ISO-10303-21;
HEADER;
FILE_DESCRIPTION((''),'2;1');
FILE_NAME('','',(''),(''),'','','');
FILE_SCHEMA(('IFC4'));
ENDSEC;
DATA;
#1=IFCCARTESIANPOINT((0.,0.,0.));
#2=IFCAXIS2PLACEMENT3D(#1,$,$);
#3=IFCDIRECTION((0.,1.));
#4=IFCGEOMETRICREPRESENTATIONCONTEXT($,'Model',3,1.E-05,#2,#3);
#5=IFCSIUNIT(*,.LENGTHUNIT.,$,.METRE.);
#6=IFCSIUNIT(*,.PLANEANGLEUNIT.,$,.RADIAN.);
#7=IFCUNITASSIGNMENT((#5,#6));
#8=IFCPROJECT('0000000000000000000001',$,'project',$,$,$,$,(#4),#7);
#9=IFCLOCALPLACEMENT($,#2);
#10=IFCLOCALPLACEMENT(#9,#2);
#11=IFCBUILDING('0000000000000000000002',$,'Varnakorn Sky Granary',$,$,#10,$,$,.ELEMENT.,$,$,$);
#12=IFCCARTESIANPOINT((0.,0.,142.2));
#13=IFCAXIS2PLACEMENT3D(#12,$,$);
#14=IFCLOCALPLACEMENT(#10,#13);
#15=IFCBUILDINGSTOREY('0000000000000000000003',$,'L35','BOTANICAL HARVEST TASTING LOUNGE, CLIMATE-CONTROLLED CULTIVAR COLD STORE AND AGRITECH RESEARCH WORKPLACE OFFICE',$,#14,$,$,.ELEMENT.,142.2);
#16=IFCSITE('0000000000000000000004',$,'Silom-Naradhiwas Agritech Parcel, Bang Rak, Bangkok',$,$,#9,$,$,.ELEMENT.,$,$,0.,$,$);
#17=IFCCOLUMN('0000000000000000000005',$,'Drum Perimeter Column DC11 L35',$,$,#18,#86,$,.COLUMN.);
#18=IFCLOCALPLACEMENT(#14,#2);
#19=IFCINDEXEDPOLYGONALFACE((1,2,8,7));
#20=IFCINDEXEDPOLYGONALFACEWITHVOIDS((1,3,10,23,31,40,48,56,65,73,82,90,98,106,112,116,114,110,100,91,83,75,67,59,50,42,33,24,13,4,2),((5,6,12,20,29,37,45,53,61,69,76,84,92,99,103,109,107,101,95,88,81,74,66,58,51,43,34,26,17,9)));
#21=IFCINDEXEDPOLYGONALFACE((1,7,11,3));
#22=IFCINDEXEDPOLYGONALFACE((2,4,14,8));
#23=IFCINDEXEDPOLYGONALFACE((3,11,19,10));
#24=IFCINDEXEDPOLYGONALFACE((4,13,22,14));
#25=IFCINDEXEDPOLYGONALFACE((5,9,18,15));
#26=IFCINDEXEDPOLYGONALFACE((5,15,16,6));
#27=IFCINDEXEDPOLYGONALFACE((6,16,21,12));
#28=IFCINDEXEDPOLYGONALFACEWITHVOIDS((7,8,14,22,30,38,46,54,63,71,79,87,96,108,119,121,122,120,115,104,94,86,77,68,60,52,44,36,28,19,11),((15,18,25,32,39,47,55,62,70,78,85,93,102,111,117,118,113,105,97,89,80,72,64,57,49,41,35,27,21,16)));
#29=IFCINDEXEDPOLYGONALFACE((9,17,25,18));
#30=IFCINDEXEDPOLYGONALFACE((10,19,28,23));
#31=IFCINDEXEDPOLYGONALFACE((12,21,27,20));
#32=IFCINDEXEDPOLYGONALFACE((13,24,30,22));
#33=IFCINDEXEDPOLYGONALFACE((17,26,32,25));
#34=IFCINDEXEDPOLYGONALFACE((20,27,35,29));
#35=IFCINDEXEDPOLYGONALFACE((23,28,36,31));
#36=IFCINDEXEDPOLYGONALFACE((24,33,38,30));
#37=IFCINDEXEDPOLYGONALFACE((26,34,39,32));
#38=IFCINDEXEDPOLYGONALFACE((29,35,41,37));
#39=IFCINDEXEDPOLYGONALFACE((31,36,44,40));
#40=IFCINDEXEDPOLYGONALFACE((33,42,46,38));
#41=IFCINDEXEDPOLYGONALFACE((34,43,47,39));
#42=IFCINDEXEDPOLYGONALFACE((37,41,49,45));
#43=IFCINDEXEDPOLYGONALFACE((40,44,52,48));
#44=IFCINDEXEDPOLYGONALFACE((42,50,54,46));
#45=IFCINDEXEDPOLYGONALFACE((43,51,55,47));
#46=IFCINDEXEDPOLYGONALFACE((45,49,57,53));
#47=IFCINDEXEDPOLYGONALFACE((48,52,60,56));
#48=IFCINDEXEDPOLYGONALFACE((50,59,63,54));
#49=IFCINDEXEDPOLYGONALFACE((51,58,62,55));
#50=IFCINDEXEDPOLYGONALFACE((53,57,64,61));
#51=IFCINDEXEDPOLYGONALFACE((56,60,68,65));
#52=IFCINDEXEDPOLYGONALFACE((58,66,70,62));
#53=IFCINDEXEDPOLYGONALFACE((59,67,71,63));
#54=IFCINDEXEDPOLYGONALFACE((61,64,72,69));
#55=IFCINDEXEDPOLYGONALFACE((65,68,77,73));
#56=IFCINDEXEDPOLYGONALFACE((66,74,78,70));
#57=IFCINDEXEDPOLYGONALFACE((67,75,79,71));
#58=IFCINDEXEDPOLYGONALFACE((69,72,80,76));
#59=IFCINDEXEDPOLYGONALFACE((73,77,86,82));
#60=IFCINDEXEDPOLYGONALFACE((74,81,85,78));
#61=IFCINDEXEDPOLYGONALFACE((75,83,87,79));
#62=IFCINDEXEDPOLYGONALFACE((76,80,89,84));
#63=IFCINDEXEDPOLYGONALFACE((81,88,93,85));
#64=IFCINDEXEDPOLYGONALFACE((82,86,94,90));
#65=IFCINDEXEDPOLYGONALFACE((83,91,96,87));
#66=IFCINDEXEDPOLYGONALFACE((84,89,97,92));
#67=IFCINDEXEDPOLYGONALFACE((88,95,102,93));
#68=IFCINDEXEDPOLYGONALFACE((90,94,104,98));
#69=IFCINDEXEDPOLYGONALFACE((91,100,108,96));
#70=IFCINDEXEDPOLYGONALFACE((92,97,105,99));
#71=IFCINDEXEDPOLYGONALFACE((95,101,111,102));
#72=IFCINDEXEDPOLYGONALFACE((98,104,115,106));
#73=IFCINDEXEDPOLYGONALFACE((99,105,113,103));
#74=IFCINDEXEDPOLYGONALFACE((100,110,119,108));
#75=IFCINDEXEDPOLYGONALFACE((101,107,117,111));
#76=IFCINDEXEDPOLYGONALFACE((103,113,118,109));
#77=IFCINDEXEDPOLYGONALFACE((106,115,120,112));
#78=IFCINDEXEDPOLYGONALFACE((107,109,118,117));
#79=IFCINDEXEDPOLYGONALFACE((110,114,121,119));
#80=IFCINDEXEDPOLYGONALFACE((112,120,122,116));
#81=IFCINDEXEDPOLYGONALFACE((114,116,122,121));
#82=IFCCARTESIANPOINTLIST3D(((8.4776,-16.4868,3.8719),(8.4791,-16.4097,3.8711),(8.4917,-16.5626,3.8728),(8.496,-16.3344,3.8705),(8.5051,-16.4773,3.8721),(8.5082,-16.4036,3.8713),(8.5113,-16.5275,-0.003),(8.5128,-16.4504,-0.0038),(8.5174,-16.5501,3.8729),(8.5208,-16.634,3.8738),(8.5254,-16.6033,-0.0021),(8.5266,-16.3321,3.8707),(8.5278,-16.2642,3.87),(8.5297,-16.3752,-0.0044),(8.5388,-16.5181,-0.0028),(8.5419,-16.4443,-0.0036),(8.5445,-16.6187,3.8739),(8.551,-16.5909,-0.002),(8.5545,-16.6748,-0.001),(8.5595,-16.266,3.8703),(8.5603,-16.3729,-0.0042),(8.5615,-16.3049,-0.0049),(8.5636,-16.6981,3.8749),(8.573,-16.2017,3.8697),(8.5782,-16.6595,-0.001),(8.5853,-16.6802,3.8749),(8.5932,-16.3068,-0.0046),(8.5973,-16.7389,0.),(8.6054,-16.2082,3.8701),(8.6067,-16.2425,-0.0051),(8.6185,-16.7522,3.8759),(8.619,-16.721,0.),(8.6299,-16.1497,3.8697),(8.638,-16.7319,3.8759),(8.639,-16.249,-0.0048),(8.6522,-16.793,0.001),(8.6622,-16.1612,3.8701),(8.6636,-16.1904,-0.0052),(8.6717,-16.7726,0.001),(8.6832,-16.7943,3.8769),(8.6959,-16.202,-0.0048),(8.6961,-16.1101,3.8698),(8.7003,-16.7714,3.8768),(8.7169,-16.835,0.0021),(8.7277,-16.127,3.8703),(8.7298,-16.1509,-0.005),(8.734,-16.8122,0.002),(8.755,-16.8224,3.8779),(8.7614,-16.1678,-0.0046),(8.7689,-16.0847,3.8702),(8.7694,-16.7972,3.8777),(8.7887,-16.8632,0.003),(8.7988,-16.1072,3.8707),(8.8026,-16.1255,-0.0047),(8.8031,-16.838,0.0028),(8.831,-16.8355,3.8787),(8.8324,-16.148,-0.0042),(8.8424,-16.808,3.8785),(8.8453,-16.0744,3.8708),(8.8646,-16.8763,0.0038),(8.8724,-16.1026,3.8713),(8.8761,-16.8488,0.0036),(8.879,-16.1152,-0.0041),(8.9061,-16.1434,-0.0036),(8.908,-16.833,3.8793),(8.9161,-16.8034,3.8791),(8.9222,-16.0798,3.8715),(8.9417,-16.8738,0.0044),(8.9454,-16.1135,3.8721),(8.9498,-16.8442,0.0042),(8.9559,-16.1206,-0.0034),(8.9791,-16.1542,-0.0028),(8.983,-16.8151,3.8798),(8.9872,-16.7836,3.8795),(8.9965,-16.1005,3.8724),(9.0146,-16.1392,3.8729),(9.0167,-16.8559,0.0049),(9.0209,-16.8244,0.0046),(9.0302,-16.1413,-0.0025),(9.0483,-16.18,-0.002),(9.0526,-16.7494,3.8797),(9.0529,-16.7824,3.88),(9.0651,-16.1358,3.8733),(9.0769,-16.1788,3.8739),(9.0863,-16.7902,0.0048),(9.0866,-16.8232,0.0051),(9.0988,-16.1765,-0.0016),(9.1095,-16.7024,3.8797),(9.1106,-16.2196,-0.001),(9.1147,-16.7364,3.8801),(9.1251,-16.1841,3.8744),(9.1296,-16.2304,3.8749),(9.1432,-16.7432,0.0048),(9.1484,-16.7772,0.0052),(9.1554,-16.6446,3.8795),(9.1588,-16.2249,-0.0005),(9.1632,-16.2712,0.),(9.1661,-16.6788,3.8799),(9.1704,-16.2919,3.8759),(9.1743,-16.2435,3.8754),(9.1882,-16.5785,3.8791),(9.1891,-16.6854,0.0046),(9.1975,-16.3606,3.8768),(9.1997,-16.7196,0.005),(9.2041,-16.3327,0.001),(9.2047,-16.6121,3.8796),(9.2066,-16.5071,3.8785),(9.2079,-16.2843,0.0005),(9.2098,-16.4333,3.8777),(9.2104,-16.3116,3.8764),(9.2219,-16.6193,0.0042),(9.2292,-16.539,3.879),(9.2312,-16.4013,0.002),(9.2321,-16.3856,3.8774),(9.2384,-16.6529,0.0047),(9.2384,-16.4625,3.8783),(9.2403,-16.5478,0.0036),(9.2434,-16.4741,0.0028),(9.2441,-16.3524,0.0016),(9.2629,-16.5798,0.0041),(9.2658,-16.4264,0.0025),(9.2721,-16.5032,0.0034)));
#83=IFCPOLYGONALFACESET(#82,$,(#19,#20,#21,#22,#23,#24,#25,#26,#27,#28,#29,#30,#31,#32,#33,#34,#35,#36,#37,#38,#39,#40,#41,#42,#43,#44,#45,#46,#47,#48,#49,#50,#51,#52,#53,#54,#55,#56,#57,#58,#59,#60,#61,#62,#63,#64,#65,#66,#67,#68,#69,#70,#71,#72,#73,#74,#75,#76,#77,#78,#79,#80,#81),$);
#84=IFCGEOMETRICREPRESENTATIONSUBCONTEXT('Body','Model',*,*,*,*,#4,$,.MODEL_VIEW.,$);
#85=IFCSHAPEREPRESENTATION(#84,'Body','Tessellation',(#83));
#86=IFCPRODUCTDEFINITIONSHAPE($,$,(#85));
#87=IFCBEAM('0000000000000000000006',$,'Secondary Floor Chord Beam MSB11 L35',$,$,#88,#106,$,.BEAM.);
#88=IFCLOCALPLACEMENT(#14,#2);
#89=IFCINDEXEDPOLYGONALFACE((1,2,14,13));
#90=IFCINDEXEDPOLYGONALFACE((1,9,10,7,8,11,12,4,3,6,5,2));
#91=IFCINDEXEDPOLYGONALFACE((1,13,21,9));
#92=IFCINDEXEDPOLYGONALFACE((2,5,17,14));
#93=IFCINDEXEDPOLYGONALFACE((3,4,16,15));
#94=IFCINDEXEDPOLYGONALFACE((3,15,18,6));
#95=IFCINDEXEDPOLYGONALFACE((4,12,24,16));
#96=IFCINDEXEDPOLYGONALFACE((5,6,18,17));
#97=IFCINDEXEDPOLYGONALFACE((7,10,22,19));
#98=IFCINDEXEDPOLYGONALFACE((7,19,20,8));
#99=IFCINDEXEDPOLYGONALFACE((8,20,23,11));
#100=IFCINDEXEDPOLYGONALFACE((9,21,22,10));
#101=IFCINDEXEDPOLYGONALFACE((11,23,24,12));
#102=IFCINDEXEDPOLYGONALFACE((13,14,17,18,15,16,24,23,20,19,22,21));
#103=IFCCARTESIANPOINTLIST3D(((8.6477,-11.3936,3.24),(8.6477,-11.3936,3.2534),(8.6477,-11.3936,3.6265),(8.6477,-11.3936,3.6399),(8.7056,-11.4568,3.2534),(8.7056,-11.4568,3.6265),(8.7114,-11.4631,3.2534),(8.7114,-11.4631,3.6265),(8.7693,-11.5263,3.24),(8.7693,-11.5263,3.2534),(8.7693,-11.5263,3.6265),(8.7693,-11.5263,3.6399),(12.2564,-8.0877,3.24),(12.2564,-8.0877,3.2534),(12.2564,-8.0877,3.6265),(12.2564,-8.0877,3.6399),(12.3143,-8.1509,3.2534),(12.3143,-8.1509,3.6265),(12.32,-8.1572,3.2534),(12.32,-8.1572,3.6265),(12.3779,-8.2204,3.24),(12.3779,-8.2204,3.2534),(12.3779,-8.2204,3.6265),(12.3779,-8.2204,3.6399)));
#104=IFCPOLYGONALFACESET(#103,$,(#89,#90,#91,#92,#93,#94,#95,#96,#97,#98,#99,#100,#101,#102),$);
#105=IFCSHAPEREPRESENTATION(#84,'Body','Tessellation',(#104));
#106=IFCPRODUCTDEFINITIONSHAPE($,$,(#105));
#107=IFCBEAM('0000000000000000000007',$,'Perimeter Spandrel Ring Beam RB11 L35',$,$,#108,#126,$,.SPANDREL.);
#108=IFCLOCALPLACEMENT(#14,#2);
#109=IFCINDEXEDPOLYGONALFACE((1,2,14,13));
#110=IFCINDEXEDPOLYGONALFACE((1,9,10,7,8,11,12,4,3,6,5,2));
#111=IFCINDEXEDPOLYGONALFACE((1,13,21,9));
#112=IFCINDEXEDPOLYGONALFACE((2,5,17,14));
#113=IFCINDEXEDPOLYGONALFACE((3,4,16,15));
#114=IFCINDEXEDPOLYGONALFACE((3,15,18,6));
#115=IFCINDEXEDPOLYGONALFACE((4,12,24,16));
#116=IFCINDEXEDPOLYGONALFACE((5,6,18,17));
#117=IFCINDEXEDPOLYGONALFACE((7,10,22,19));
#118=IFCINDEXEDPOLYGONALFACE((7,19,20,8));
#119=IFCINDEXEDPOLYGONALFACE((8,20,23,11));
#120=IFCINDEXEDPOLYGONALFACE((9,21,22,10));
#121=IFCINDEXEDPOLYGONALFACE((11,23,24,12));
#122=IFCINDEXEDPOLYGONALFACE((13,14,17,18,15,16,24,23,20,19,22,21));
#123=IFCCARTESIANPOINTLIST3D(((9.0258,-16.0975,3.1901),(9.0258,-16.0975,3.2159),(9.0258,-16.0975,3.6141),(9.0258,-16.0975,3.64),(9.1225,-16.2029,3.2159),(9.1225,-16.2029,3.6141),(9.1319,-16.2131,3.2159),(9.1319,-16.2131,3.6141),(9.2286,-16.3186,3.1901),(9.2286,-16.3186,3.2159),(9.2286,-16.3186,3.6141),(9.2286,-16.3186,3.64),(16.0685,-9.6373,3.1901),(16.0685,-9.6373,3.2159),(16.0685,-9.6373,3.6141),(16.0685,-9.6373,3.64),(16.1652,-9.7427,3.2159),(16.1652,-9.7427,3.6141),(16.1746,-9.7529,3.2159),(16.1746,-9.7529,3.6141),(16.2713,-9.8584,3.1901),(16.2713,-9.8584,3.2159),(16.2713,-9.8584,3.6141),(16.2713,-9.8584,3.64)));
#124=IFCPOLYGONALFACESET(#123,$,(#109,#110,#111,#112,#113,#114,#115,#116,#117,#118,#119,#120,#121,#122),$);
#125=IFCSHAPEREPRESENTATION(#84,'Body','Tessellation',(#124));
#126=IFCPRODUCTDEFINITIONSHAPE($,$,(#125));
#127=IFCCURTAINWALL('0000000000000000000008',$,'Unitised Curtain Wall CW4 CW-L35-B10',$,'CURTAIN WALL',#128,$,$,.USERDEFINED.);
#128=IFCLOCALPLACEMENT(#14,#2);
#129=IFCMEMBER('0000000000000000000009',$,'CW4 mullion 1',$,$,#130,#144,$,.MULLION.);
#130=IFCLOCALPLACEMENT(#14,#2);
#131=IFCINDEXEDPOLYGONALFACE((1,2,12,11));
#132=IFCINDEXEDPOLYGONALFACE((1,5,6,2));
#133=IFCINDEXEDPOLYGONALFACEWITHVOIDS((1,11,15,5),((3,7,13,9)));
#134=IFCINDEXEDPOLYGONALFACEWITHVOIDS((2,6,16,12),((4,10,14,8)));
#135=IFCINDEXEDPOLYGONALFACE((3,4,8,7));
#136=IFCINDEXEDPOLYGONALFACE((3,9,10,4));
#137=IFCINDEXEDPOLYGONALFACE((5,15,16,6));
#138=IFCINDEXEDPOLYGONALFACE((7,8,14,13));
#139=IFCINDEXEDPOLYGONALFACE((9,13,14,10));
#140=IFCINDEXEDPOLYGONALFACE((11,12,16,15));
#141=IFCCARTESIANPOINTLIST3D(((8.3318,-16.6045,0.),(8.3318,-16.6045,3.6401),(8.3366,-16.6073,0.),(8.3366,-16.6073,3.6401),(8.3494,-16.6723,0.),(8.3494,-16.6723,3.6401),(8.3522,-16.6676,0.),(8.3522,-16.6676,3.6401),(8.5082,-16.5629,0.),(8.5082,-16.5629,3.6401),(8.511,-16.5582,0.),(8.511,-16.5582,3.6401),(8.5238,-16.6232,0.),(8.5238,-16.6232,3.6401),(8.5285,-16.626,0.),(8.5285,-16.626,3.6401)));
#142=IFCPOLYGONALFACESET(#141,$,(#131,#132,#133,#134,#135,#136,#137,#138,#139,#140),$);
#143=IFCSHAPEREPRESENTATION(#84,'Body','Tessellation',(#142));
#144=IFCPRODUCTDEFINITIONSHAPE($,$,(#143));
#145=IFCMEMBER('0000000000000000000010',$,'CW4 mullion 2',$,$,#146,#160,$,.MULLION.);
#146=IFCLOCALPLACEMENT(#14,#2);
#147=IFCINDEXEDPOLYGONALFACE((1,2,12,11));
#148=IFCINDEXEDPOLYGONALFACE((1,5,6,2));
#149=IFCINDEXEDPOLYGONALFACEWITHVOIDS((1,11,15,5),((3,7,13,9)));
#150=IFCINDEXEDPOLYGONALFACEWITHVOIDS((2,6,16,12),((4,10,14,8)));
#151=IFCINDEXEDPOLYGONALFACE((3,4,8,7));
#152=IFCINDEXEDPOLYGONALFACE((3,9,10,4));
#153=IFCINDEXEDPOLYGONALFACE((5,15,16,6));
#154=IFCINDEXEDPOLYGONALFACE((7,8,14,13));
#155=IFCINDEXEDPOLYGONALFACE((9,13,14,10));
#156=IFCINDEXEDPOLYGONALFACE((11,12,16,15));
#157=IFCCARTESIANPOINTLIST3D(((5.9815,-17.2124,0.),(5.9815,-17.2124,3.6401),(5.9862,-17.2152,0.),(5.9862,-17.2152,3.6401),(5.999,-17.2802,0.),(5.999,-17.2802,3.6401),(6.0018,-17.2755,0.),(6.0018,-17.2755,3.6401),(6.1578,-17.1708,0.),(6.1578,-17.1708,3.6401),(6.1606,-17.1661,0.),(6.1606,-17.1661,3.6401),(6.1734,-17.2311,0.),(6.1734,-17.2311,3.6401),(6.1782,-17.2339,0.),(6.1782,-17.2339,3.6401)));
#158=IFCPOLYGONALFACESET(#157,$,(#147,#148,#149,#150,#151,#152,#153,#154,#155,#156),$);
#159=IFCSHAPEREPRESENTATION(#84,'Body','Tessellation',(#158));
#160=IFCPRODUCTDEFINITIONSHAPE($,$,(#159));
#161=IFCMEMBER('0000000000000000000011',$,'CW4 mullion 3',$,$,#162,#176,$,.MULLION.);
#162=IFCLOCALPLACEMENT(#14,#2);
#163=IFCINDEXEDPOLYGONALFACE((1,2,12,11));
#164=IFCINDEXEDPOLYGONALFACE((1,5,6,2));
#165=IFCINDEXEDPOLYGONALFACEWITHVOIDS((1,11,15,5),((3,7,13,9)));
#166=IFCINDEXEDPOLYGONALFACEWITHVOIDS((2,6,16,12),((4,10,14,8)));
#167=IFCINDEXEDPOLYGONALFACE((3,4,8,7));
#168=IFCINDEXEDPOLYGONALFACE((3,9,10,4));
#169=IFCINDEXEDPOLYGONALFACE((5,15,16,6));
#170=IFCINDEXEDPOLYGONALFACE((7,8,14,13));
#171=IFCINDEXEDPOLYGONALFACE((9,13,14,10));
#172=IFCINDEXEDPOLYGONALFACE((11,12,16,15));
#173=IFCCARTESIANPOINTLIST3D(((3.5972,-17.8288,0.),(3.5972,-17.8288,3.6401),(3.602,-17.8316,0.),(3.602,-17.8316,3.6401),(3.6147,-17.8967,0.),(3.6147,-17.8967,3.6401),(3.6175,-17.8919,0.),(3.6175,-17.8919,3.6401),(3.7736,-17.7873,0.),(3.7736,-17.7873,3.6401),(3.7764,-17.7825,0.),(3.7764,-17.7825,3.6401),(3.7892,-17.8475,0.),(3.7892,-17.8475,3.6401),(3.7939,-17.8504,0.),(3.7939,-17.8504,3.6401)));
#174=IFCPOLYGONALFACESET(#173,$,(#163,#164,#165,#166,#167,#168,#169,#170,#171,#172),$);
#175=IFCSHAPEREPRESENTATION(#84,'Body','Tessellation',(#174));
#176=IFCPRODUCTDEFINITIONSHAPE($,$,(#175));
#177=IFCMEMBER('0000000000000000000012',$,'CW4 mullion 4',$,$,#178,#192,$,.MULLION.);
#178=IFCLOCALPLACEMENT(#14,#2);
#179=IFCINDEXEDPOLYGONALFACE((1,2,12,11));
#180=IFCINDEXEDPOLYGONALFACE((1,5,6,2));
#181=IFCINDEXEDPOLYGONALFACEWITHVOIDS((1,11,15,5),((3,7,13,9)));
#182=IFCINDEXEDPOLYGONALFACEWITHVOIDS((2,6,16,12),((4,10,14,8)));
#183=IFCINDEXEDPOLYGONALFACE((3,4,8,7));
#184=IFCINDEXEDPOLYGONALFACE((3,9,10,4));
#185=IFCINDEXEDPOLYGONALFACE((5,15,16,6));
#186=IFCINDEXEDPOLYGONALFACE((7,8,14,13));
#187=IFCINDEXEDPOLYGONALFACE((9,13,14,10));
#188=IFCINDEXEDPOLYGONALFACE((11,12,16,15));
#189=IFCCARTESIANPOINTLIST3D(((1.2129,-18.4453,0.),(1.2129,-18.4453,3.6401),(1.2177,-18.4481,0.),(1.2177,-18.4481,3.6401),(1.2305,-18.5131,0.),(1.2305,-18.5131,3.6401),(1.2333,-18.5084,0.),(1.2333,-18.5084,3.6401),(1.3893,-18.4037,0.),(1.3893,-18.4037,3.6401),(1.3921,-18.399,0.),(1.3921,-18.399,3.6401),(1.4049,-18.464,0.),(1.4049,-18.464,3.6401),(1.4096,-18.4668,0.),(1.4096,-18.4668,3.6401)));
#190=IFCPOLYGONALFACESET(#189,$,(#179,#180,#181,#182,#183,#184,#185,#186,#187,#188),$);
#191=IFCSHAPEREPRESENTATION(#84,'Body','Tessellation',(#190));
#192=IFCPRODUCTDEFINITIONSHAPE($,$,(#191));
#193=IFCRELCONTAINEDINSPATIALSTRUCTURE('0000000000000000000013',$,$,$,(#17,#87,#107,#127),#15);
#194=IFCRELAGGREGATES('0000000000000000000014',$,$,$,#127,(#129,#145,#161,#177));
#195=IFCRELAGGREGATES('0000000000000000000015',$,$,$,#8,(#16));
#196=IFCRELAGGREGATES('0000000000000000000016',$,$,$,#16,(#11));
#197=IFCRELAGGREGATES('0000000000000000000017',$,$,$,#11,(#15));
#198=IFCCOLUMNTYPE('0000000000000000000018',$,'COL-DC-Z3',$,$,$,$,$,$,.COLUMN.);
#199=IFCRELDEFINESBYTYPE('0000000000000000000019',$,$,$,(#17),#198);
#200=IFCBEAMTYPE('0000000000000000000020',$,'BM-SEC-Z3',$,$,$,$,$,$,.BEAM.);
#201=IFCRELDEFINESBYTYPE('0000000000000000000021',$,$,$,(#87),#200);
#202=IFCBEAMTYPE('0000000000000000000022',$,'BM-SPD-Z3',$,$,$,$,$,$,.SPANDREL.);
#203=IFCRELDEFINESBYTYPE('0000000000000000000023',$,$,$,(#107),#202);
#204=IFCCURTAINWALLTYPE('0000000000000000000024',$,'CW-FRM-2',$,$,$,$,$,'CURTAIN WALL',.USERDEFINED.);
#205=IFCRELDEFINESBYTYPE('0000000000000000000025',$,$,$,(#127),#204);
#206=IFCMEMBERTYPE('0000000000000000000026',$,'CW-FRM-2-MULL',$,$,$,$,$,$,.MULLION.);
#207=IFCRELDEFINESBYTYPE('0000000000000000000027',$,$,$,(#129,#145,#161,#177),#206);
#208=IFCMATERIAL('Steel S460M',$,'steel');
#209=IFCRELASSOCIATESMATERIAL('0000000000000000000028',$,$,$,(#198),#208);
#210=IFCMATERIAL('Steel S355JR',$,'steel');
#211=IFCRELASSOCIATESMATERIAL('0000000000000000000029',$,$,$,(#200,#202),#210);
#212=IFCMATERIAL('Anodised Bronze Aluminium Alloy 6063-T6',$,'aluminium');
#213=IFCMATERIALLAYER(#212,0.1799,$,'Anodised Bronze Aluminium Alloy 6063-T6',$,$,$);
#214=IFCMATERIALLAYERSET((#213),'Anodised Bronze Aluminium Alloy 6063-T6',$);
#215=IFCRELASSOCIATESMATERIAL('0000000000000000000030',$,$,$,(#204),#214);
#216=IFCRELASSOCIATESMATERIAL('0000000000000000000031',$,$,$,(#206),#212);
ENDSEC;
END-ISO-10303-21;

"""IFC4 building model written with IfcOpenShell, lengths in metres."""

from ifc_helpers import new_model, si_unit, direction, frame, origin, origin_2d, place, context, subcontext, project, spatial, hollow_rectangle, hollow_circle, i_section, extrude, material, layer, layer_set, material_profile, profile_set, type_object, element, aggregate, save


model = new_model("IFC4")

# Units and contexts
model_context = context("Model", 3, precision=1e-05, world=origin(), true_north=direction((0.0, 1.0)))
body_context = subcontext(model_context, "Body", "Model", "MODEL_VIEW")
ifc_project = project(units=[si_unit("LENGTHUNIT", "METRE"), si_unit("PLANEANGLEUNIT", "RADIAN")], contexts=[model_context])

# Site, building, storey
site_placement = place(None, origin())
site = spatial("IfcSite", under=ifc_project, at=site_placement, Name="Silom-Naradhiwas Agritech Parcel, Bang Rak, Bangkok", CompositionType="ELEMENT", RefElevation=0.0)
building_placement = place(site_placement, origin())
building = spatial("IfcBuilding", under=site, at=building_placement, Name="Varnakorn Sky Granary", CompositionType="ELEMENT")
storey_placement = place(building_placement, frame((0.0, 0.0, 142.2)))
storey = spatial("IfcBuildingStorey", under=building, at=storey_placement, Name="L35", Description="BOTANICAL HARVEST TASTING LOUNGE, CLIMATE-CONTROLLED CULTIVAR COLD STORE AND AGRITECH RESEARCH WORKPLACE OFFICE", CompositionType="ELEMENT", Elevation=142.2)

# Column
ifc_material_1 = material(Name="Steel S460M", Category="steel")
ifc_material_profile_1 = material_profile(ifc_material_1, hollow_circle(Radius=0.3811, WallThickness=0.0281, at=origin_2d()), Name="CHS 762x28")
ifc_profile_set_1 = profile_set([ifc_material_profile_1], Name="Steel S460M")
column_type = type_object("IfcColumnType", Name="COL-DC-Z3", PredefinedType="COLUMN", material=ifc_profile_set_1)
column_placement = place(storey_placement, frame((8.8911, -16.4961, 0.0), z_axis=(-0.008694, 0.010521, 0.999907), x_axis=(-0.770863, -0.637001, 0.0)))
element("IfcColumn", 1, at=column_placement, inside=storey, type_object=column_type, Name="Drum Perimeter Column DC11 L35", PredefinedType="COLUMN", context=body_context, shape_type="SweptSolid", body=[
    extrude(hollow_circle(Radius=0.3811, WallThickness=0.0281, at=origin_2d()), origin(), (0.0, 0.0, 1.0), 3.8752),
])

# Beams
ifc_material_2 = material(Name="Steel S355JR", Category="steel")
ifc_material_profile_2 = material_profile(ifc_material_2, i_section(OverallWidth=0.1799, OverallDepth=0.3999, WebThickness=0.0085, FlangeThickness=0.0134, at=origin_2d()), Name="IPE 400")
ifc_profile_set_2 = profile_set([ifc_material_profile_2], Name="Steel S355JR")
beam_type_1 = type_object("IfcBeamType", Name="BM-SEC-Z3", PredefinedType="BEAM", material=ifc_profile_set_2)
beam_1_placement = place(storey_placement, frame((8.7085, -11.46, 3.4399), z_axis=(0.737359, 0.675501, 0.0), x_axis=(-0.675501, 0.737359, 0.0)))
element("IfcBeam", 2, at=beam_1_placement, inside=storey, type_object=beam_type_1, Name="Secondary Floor Chord Beam MSB11 L35", PredefinedType="BEAM", context=body_context, shape_type="SweptSolid", body=[
    extrude(i_section(OverallWidth=0.1799, OverallDepth=0.3999, WebThickness=0.0085, FlangeThickness=0.0134, at=origin_2d()), origin(), (0.0, 0.0, 1.0), 4.894),
])
ifc_material_profile_3 = material_profile(ifc_material_2, i_section(OverallWidth=0.3, OverallDepth=0.45, WebThickness=0.0139, FlangeThickness=0.0259, at=origin_2d()), Name="HE 450 B")
ifc_profile_set_3 = profile_set([ifc_material_profile_3], Name="Steel S355JR")
beam_type_2 = type_object("IfcBeamType", Name="BM-SPD-Z3", PredefinedType="SPANDREL", material=ifc_profile_set_3)
beam_2_placement = place(storey_placement, frame((9.1272, -16.208, 3.415), z_axis=(0.736926, 0.675973, 0.0), x_axis=(-0.675973, 0.736926, 0.0)))
element("IfcBeam", 3, at=beam_2_placement, inside=storey, type_object=beam_type_2, Name="Perimeter Spandrel Ring Beam RB11 L35", PredefinedType="SPANDREL", context=body_context, shape_type="SweptSolid", body=[
    extrude(i_section(OverallWidth=0.3, OverallDepth=0.45, WebThickness=0.0139, FlangeThickness=0.0259, at=origin_2d()), origin(), (0.0, 0.0, 1.0), 9.5569),
])

# Curtain wall, members
ifc_material_3 = material(Name="Anodised Bronze Aluminium Alloy 6063-T6", Category="aluminium")
ifc_layer_1 = layer(ifc_material_3, 0.1799, Name="Anodised Bronze Aluminium Alloy 6063-T6")
ifc_layer_set_1 = layer_set([ifc_layer_1], Name="Anodised Bronze Aluminium Alloy 6063-T6")
curtain_wall_type = type_object("IfcCurtainWallType", Name="CW-FRM-2", ElementType="CURTAIN WALL", PredefinedType="USERDEFINED", material=ifc_layer_set_1)
curtain_wall_1_placement = place(storey_placement, origin())
curtain_wall_1 = element("IfcCurtainWall", 4, at=curtain_wall_1_placement, inside=storey, type_object=curtain_wall_type, Name="Unitised Curtain Wall CW4 CW-L35-B10", ObjectType="CURTAIN WALL", PredefinedType="USERDEFINED")
ifc_material_profile_4 = material_profile(ifc_material_3, hollow_rectangle(XDim=0.0701, YDim=0.1851, WallThickness=0.0039, at=origin_2d()), Name="ALU MULL 70x185")
ifc_profile_set_4 = profile_set([ifc_material_profile_4], Name="Anodised Bronze Aluminium Alloy 6063-T6")
member_type_1 = type_object("IfcMemberType", Name="CW-FRM-2-MULL", PredefinedType="MULLION", material=ifc_profile_set_4)
member_1_placement = place(storey_placement, frame((8.4302, -16.6152, 0.0), z_axis=(0.0, 0.0, 1.0), x_axis=(0.250348, -0.968156, 0.0)))
member_1 = element("IfcMember", 5, at=member_1_placement, type_object=member_type_1, Name="CW4 mullion 1", PredefinedType="MULLION", context=body_context, shape_type="SweptSolid", body=[
    extrude(hollow_rectangle(XDim=0.0701, YDim=0.1851, WallThickness=0.0039, at=origin_2d()), origin(), (0.0, 0.0, 1.0), 3.6401),
])
member_2_placement = place(storey_placement, frame((6.0798, -17.2231, 0.0), z_axis=(0.0, 0.0, 1.0), x_axis=(0.250348, -0.968156, 0.0)))
member_2 = element("IfcMember", 6, at=member_2_placement, type_object=member_type_1, Name="CW4 mullion 2", PredefinedType="MULLION", context=body_context, shape_type="SweptSolid", body=[
    extrude(hollow_rectangle(XDim=0.0701, YDim=0.1851, WallThickness=0.0039, at=origin_2d()), origin(), (0.0, 0.0, 1.0), 3.6401),
])
member_3_placement = place(storey_placement, frame((3.6956, -17.8396, 0.0), z_axis=(0.0, 0.0, 1.0), x_axis=(0.250348, -0.968156, 0.0)))
member_3 = element("IfcMember", 7, at=member_3_placement, type_object=member_type_1, Name="CW4 mullion 3", PredefinedType="MULLION", context=body_context, shape_type="SweptSolid", body=[
    extrude(hollow_rectangle(XDim=0.0701, YDim=0.1851, WallThickness=0.0039, at=origin_2d()), origin(), (0.0, 0.0, 1.0), 3.6401),
])
member_4_placement = place(storey_placement, frame((1.3113, -18.4561, 0.0), z_axis=(0.0, 0.0, 1.0), x_axis=(0.250348, -0.968156, 0.0)))
member_4 = element("IfcMember", 8, at=member_4_placement, type_object=member_type_1, Name="CW4 mullion 4", PredefinedType="MULLION", context=body_context, shape_type="SweptSolid", body=[
    extrude(hollow_rectangle(XDim=0.0701, YDim=0.1851, WallThickness=0.0039, at=origin_2d()), origin(), (0.0, 0.0, 1.0), 3.6401),
])

aggregate(curtain_wall_1, [member_1, member_2, member_3, member_4])

save(model, "model.ifc")
